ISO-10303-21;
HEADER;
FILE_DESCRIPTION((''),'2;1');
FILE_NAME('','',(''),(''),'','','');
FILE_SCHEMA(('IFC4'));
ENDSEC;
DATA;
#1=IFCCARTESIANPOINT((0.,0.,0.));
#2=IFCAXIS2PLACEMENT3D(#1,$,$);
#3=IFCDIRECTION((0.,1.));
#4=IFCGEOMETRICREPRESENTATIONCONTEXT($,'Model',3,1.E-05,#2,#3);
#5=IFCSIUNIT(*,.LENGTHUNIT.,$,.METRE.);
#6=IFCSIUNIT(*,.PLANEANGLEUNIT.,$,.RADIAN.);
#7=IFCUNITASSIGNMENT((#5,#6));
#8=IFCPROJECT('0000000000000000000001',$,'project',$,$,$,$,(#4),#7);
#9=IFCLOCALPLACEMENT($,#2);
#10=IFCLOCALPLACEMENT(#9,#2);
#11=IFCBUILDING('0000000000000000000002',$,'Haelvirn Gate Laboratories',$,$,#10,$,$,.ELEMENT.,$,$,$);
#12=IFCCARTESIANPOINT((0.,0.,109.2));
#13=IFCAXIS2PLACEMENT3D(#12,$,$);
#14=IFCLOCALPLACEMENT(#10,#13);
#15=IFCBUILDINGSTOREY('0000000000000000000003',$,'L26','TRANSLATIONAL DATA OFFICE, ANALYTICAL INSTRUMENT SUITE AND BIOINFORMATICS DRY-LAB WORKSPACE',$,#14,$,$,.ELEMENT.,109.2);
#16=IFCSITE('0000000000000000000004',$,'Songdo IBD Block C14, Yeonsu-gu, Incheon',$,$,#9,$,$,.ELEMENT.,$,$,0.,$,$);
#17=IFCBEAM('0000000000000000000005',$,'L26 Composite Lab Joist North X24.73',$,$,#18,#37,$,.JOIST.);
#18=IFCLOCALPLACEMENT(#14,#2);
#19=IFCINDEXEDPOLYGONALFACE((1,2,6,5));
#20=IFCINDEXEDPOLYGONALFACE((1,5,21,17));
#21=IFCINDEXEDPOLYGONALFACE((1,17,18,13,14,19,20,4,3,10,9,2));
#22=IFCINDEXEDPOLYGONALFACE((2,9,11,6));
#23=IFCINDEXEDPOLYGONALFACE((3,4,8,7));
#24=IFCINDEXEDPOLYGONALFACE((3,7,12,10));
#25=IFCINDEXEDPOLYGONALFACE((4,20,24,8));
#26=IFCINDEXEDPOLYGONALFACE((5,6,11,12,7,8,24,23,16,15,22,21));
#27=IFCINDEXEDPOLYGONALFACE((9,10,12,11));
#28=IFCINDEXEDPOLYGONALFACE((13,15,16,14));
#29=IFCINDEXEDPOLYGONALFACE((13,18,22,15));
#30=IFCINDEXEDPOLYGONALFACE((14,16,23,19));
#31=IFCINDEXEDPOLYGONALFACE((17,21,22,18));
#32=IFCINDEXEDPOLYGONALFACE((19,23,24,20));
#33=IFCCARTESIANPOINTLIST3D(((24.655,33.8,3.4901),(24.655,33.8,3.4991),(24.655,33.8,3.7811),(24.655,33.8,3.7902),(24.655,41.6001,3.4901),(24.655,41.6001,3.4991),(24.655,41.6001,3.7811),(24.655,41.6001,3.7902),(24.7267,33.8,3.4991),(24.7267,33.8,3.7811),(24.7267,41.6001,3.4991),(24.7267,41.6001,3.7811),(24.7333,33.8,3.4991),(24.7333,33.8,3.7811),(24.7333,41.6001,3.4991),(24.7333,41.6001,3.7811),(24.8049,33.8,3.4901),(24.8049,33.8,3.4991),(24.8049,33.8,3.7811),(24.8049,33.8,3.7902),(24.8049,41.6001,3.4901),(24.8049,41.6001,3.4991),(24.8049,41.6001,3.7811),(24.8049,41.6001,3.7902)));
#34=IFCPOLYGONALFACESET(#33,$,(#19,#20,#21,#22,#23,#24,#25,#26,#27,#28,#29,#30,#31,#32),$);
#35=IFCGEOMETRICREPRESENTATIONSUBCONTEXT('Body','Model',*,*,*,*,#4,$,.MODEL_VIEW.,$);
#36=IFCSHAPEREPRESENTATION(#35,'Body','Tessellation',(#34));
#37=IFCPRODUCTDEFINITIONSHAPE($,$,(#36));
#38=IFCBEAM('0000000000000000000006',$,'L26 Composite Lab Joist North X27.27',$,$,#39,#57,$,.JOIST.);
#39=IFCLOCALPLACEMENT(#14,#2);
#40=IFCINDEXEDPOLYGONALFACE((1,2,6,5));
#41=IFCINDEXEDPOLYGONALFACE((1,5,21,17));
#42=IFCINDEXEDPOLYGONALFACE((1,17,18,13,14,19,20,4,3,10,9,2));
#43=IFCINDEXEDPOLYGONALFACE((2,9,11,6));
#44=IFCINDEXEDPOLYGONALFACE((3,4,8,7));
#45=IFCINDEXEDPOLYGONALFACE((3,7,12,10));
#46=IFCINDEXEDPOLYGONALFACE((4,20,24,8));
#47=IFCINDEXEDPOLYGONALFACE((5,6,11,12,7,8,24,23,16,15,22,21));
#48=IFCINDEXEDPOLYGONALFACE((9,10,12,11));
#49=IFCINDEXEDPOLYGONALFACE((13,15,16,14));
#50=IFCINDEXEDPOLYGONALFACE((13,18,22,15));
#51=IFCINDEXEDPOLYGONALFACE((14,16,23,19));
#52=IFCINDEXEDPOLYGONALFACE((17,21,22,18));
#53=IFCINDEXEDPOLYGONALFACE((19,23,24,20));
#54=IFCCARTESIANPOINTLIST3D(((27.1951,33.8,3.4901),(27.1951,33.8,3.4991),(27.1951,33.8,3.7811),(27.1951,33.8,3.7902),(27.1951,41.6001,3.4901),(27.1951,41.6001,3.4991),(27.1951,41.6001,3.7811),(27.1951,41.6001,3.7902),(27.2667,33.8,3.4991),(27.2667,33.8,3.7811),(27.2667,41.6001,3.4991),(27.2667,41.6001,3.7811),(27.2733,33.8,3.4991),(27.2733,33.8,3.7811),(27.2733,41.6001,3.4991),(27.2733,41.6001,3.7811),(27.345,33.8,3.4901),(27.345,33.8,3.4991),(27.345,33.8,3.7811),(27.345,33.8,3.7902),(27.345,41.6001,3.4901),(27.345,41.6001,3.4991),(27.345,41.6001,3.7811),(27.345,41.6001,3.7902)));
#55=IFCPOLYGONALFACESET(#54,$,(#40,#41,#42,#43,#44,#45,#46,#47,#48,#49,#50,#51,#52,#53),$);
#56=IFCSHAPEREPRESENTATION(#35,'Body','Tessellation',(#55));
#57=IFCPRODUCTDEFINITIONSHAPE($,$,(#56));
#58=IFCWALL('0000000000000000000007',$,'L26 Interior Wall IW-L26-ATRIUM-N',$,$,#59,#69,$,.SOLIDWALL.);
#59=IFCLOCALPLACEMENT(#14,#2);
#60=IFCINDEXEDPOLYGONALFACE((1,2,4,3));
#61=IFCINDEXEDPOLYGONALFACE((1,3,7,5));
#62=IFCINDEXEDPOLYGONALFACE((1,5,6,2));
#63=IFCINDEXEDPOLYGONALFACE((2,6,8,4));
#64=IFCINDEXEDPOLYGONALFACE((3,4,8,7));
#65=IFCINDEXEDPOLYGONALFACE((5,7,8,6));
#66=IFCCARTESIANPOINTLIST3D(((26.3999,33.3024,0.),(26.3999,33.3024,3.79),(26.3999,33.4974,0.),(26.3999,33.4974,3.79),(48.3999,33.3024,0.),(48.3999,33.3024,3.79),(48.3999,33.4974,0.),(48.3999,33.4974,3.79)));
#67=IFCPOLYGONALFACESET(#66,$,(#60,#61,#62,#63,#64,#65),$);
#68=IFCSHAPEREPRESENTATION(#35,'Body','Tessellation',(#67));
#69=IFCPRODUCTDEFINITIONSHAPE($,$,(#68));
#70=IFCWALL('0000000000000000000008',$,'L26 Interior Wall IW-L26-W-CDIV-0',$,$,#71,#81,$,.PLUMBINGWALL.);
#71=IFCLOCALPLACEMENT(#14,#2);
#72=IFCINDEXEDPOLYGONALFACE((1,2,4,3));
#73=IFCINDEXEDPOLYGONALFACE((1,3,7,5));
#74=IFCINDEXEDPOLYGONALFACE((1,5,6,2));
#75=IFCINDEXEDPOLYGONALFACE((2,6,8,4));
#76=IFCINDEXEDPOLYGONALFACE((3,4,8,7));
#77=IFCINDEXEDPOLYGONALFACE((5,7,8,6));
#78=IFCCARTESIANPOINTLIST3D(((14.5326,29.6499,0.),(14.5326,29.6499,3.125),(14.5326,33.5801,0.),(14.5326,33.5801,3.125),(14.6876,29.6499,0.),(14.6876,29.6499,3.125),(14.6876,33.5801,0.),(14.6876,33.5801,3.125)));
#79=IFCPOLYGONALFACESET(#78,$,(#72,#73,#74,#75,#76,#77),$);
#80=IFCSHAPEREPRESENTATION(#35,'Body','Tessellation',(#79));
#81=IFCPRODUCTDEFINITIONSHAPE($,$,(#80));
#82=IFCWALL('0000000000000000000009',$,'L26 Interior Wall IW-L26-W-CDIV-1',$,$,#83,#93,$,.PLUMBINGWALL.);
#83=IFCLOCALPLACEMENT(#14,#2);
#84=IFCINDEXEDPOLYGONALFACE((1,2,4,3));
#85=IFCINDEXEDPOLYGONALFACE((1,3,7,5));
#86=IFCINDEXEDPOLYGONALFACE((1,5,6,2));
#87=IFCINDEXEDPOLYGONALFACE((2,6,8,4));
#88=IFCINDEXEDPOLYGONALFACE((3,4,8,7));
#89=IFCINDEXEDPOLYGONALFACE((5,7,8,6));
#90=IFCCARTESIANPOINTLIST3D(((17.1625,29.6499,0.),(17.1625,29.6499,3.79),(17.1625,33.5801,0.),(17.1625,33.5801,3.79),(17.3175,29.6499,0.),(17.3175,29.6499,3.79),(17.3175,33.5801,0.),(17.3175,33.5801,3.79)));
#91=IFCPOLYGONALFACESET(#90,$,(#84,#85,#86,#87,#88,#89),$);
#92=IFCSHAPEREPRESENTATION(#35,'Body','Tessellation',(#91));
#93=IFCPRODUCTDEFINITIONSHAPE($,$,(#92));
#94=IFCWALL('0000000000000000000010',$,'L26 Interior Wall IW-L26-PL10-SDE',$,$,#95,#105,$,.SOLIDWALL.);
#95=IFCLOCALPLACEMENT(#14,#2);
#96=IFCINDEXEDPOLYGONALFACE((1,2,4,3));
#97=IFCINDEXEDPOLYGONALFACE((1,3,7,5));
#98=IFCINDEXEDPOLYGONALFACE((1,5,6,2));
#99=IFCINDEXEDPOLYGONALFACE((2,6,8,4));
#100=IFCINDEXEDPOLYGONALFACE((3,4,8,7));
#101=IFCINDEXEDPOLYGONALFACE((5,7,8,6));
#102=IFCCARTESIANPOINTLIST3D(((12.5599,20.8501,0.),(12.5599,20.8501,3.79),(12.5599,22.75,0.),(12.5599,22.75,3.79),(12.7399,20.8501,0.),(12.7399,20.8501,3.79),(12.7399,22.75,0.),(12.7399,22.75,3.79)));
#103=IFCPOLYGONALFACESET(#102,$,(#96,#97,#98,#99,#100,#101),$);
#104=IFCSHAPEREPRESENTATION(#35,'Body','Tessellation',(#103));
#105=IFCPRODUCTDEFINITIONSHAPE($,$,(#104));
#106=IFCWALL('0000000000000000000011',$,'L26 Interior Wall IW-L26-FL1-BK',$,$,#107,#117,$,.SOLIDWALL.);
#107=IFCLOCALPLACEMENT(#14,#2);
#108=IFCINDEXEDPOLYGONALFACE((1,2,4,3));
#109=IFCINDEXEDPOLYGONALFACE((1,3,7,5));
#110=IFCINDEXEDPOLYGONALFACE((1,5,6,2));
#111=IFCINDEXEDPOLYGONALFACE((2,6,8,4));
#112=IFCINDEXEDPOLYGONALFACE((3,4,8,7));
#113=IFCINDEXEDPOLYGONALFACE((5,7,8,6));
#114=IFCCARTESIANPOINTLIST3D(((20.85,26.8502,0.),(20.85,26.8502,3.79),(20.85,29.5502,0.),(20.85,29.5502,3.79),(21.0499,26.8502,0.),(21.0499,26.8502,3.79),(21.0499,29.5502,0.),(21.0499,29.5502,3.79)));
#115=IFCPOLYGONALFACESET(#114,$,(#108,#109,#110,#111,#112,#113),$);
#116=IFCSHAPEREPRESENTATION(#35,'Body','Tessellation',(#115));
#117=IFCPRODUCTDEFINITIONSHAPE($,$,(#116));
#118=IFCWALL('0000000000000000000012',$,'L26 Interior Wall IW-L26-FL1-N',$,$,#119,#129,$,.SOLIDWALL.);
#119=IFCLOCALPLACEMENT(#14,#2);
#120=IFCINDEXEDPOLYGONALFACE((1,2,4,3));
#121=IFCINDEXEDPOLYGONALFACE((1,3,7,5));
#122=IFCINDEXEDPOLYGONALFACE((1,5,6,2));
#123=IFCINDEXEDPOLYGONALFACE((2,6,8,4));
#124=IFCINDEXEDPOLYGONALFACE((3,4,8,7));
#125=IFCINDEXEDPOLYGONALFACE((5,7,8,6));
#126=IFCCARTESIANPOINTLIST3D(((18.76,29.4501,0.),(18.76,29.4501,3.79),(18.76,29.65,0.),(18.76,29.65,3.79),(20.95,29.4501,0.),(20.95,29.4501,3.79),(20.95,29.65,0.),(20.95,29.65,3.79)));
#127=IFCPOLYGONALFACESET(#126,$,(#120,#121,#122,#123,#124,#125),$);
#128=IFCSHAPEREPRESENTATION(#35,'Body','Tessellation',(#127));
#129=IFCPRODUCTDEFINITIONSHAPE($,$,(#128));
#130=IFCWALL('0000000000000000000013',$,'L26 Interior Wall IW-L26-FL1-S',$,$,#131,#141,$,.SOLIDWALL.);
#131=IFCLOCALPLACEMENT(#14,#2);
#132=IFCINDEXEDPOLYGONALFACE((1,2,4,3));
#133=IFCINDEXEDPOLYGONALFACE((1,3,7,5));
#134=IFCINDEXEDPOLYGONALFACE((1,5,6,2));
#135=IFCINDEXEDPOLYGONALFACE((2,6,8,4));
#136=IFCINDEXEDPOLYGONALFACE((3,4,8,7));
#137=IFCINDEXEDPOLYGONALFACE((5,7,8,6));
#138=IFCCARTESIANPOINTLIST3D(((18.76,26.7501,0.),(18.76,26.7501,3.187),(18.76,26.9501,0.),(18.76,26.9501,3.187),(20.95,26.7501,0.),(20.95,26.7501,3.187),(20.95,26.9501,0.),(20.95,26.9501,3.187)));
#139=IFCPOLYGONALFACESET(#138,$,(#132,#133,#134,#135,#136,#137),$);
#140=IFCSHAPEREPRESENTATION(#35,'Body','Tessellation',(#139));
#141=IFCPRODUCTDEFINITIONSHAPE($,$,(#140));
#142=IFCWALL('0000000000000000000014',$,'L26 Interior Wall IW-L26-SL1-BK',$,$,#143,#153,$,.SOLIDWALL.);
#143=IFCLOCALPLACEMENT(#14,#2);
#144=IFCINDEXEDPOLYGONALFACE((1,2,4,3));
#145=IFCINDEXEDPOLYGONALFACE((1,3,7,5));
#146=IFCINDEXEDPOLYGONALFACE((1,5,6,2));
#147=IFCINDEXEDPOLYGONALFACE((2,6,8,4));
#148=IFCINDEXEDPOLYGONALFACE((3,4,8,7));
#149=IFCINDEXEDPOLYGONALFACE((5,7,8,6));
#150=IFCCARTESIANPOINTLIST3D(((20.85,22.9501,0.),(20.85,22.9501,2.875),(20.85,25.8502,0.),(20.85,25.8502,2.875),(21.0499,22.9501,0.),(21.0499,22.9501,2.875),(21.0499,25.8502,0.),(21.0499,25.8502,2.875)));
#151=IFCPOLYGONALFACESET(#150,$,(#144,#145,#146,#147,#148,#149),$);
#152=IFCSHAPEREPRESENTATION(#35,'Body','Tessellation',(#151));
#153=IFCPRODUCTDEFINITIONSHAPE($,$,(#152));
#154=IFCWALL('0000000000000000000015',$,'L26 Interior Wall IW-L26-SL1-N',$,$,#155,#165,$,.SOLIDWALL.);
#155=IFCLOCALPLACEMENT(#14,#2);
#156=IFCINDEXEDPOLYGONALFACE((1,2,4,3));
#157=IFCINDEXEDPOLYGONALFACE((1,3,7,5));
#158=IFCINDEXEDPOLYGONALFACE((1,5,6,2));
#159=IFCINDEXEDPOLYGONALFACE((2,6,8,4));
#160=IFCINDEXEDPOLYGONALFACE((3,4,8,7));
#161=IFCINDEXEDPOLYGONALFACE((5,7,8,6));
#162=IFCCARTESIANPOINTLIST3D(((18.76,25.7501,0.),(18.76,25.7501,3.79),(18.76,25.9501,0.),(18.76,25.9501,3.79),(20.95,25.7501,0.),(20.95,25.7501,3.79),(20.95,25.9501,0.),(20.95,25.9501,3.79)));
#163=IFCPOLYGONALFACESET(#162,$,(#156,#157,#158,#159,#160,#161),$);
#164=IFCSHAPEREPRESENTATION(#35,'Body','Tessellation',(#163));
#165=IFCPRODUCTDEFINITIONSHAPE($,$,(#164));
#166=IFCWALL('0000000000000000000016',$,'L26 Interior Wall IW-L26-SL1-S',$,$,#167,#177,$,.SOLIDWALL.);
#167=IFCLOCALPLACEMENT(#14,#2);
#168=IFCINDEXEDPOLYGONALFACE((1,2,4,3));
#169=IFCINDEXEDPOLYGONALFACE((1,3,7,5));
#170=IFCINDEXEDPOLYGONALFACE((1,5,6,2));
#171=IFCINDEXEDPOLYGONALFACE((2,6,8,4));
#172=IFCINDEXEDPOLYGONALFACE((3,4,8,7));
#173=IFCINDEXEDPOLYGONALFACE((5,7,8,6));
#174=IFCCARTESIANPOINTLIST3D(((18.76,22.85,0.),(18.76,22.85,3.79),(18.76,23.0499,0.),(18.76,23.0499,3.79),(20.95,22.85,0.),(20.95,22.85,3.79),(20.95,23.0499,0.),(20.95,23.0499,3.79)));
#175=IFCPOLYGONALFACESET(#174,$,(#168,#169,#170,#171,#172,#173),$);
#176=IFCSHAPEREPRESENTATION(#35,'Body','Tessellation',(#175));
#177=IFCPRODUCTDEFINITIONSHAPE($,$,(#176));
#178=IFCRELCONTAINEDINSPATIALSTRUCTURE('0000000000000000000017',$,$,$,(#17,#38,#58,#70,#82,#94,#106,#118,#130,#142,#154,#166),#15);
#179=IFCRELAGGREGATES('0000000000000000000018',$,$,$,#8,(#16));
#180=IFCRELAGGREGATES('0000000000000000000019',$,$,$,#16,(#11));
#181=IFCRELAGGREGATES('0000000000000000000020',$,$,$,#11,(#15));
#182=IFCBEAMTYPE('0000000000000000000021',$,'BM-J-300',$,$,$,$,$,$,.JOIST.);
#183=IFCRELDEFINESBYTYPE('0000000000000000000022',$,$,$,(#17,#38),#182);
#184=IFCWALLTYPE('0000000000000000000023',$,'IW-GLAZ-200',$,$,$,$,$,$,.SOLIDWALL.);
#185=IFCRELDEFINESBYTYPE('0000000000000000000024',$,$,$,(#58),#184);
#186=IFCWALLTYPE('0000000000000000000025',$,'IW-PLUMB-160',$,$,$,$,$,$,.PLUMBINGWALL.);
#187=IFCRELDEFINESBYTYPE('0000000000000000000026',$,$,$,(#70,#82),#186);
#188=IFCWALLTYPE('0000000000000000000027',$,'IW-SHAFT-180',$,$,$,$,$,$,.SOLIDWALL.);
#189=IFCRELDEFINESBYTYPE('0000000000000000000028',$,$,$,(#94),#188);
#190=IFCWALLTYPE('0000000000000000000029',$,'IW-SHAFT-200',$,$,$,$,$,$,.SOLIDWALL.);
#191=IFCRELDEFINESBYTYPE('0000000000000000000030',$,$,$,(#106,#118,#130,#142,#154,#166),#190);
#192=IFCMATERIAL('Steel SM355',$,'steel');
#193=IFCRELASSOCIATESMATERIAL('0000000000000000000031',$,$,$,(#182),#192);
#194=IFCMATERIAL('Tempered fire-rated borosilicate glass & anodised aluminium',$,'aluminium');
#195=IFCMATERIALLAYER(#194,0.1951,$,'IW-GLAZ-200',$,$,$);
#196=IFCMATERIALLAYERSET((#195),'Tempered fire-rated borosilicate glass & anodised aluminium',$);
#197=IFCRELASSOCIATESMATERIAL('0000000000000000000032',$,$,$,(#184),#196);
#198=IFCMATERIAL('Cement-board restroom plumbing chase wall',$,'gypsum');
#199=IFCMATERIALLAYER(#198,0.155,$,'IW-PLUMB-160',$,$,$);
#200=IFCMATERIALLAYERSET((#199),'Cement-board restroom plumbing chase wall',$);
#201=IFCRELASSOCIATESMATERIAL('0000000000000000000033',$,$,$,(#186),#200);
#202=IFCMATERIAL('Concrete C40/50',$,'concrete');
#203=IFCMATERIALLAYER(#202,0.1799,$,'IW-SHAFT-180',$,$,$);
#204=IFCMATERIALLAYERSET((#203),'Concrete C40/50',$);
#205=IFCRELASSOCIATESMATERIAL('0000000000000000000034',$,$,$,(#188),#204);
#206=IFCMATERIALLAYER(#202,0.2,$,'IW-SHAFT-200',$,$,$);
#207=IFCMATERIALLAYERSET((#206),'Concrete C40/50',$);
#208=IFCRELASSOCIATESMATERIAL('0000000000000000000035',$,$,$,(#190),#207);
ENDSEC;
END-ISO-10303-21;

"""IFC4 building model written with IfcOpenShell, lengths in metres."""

from ifc_helpers import new_model, si_unit, direction, frame, frame_2d, origin, origin_2d, place, context, subcontext, project, spatial, rectangle, i_section, extrude, source, transform, mapped, material, layer, layer_set, material_profile, profile_set, type_object, type_shapes, element, save


model = new_model("IFC4")

# Units and contexts
model_context = context("Model", 3, precision=1e-05, world=origin(), true_north=direction((0.0, 1.0)))
body_context = subcontext(model_context, "Body", "Model", "MODEL_VIEW")
ifc_project = project(units=[si_unit("LENGTHUNIT", "METRE"), si_unit("PLANEANGLEUNIT", "RADIAN")], contexts=[model_context])

# Site, building, storey
site_placement = place(None, origin())
site = spatial("IfcSite", under=ifc_project, at=site_placement, Name="Songdo IBD Block C14, Yeonsu-gu, Incheon", CompositionType="ELEMENT", RefElevation=0.0)
building_placement = place(site_placement, origin())
building = spatial("IfcBuilding", under=site, at=building_placement, Name="Haelvirn Gate Laboratories", CompositionType="ELEMENT")
storey_placement = place(building_placement, frame((0.0, 0.0, 109.2)))
storey = spatial("IfcBuildingStorey", under=building, at=storey_placement, Name="L26", Description="TRANSLATIONAL DATA OFFICE, ANALYTICAL INSTRUMENT SUITE AND BIOINFORMATICS DRY-LAB WORKSPACE", CompositionType="ELEMENT", Elevation=109.2)

# Shared definitions
ifc_material_1 = material(Name="Steel SM355", Category="steel")

# Beams
ifc_material_profile_1 = material_profile(ifc_material_1, i_section(OverallWidth=0.1499, OverallDepth=0.3, WebThickness=0.0066, FlangeThickness=0.009, at=origin_2d()), Name="H-300x150x6.5x9")
ifc_profile_set_1 = profile_set([ifc_material_profile_1], Name="Steel SM355")
beam_type_1 = type_object("IfcBeamType", Name="BM-J-300", PredefinedType="JOIST", material=ifc_profile_set_1)
shared_shape_1 = source(origin(), body_context, "Body", "SweptSolid", [
    extrude(i_section(OverallWidth=0.1499, OverallDepth=0.3, WebThickness=0.0066, FlangeThickness=0.009, at=origin_2d()), origin(), (0.0, 0.0, 1.0), 7.8),
])
type_shapes(beam_type_1, [shared_shape_1])
for number, where, z_axis, x_axis, name in (
    (1, (24.73, 33.8, 3.6401), (0.0, 1.0, 0.0), (-1.0, 0.0, 0.0), "L26 Composite Lab Joist North X24.73"),
    (2, (27.27, 33.8, 3.6401), (0.0, 1.0, 0.0), (-1.0, 0.0, 0.0), "L26 Composite Lab Joist North X27.27"),
):
    element("IfcBeam", number, at=place(storey_placement, frame(where, z_axis=z_axis, x_axis=x_axis)), inside=storey, type_object=beam_type_1, Name=name, PredefinedType="JOIST", context=body_context, shape_type="MappedRepresentation", body=[
        mapped(shared_shape_1, transform((0.0, 0.0, 0.0), scale=1.0)),
    ])

# Walls
ifc_material_2 = material(Name="Tempered fire-rated borosilicate glass & anodised aluminium", Category="aluminium")
ifc_layer_1 = layer(ifc_material_2, 0.1951, Name="IW-GLAZ-200")
ifc_layer_set_1 = layer_set([ifc_layer_1], Name="Tempered fire-rated borosilicate glass & anodised aluminium")
wall_type_1 = type_object("IfcWallType", Name="IW-GLAZ-200", PredefinedType="SOLIDWALL", material=ifc_layer_set_1)
wall_1_placement = place(storey_placement, frame((26.3999, 33.3999, 0.0), z_axis=(0.0, 0.0, 1.0), x_axis=(1.0, 0.0, 0.0)))
element("IfcWall", 3, at=wall_1_placement, inside=storey, type_object=wall_type_1, Name="L26 Interior Wall IW-L26-ATRIUM-N", PredefinedType="SOLIDWALL", context=body_context, shape_type="SweptSolid", body=[
    extrude(rectangle(XDim=22.0, YDim=0.1951, at=frame_2d((11.0, 0.0))), origin(), (0.0, 0.0, 1.0), 3.79),
])
ifc_material_3 = material(Name="Cement-board restroom plumbing chase wall", Category="gypsum")
ifc_layer_2 = layer(ifc_material_3, 0.155, Name="IW-PLUMB-160")
ifc_layer_set_2 = layer_set([ifc_layer_2], Name="Cement-board restroom plumbing chase wall")
wall_type_2 = type_object("IfcWallType", Name="IW-PLUMB-160", PredefinedType="PLUMBINGWALL", material=ifc_layer_set_2)
wall_2_placement = place(storey_placement, frame((14.6101, 29.6499, 0.0), z_axis=(0.0, 0.0, 1.0), x_axis=(0.0, 1.0, 0.0)))
element("IfcWall", 4, at=wall_2_placement, inside=storey, type_object=wall_type_2, Name="L26 Interior Wall IW-L26-W-CDIV-0", PredefinedType="PLUMBINGWALL", context=body_context, shape_type="SweptSolid", body=[
    extrude(rectangle(XDim=3.9302, YDim=0.155, at=frame_2d((1.9651, 0.0))), origin(), (0.0, 0.0, 1.0), 3.125),
])
wall_3_placement = place(storey_placement, frame((17.24, 29.6499, 0.0), z_axis=(0.0, 0.0, 1.0), x_axis=(0.0, 1.0, 0.0)))
element("IfcWall", 5, at=wall_3_placement, inside=storey, type_object=wall_type_2, Name="L26 Interior Wall IW-L26-W-CDIV-1", PredefinedType="PLUMBINGWALL", context=body_context, shape_type="SweptSolid", body=[
    extrude(rectangle(XDim=3.9302, YDim=0.155, at=frame_2d((1.9651, 0.0))), origin(), (0.0, 0.0, 1.0), 3.79),
])
ifc_material_4 = material(Name="Concrete C40/50", Category="concrete")
ifc_layer_3 = layer(ifc_material_4, 0.1799, Name="IW-SHAFT-180")
ifc_layer_set_3 = layer_set([ifc_layer_3], Name="Concrete C40/50")
wall_type_3 = type_object("IfcWallType", Name="IW-SHAFT-180", PredefinedType="SOLIDWALL", material=ifc_layer_set_3)
wall_4_placement = place(storey_placement, frame((12.6499, 20.8501, 0.0), z_axis=(0.0, 0.0, 1.0), x_axis=(0.0, 1.0, 0.0)))
element("IfcWall", 6, at=wall_4_placement, inside=storey, type_object=wall_type_3, Name="L26 Interior Wall IW-L26-PL10-SDE", PredefinedType="SOLIDWALL", context=body_context, shape_type="SweptSolid", body=[
    extrude(rectangle(XDim=1.8999, YDim=0.1799, at=frame_2d((0.95, 0.0))), origin(), (0.0, 0.0, 1.0), 3.79),
])
ifc_layer_4 = layer(ifc_material_4, 0.2, Name="IW-SHAFT-200")
ifc_layer_set_4 = layer_set([ifc_layer_4], Name="Concrete C40/50")
wall_type_4 = type_object("IfcWallType", Name="IW-SHAFT-200", PredefinedType="SOLIDWALL", material=ifc_layer_set_4)
wall_5_placement = place(storey_placement, frame((20.95, 26.8501, 0.0), z_axis=(0.0, 0.0, 1.0), x_axis=(0.0, 1.0, 0.0)))
element("IfcWall", 7, at=wall_5_placement, inside=storey, type_object=wall_type_4, Name="L26 Interior Wall IW-L26-FL1-BK", PredefinedType="SOLIDWALL", context=body_context, shape_type="SweptSolid", body=[
    extrude(rectangle(XDim=2.7, YDim=0.2, at=frame_2d((1.3501, 0.0))), origin(), (0.0, 0.0, 1.0), 3.79),
])
wall_6_placement = place(storey_placement, frame((18.76, 29.55, 0.0), z_axis=(0.0, 0.0, 1.0), x_axis=(1.0, 0.0, 0.0)))
element("IfcWall", 8, at=wall_6_placement, inside=storey, type_object=wall_type_4, Name="L26 Interior Wall IW-L26-FL1-N", PredefinedType="SOLIDWALL", context=body_context, shape_type="SweptSolid", body=[
    extrude(rectangle(XDim=2.1899, YDim=0.2, at=frame_2d((1.095, 0.0))), origin(), (0.0, 0.0, 1.0), 3.79),
])
wall_7_placement = place(storey_placement, frame((18.76, 26.8501, 0.0), z_axis=(0.0, 0.0, 1.0), x_axis=(1.0, 0.0, 0.0)))
element("IfcWall", 9, at=wall_7_placement, inside=storey, type_object=wall_type_4, Name="L26 Interior Wall IW-L26-FL1-S", PredefinedType="SOLIDWALL", context=body_context, shape_type="SweptSolid", body=[
    extrude(rectangle(XDim=2.1899, YDim=0.2, at=frame_2d((1.095, 0.0))), origin(), (0.0, 0.0, 1.0), 3.187),
])
wall_8_placement = place(storey_placement, frame((20.95, 22.95, 0.0), z_axis=(0.0, 0.0, 1.0), x_axis=(0.0, 1.0, 0.0)))
element("IfcWall", 10, at=wall_8_placement, inside=storey, type_object=wall_type_4, Name="L26 Interior Wall IW-L26-SL1-BK", PredefinedType="SOLIDWALL", context=body_context, shape_type="SweptSolid", body=[
    extrude(rectangle(XDim=2.9001, YDim=0.2, at=frame_2d((1.4502, 0.0))), origin(), (0.0, 0.0, 1.0), 2.875),
])
for number, where, z_axis, x_axis, name in (
    (11, (18.76, 25.8501, 0.0), (0.0, 0.0, 1.0), (1.0, 0.0, 0.0), "L26 Interior Wall IW-L26-SL1-N"),
    (12, (18.76, 22.95, 0.0), (0.0, 0.0, 1.0), (1.0, 0.0, 0.0), "L26 Interior Wall IW-L26-SL1-S"),
):
    element("IfcWall", number, at=place(storey_placement, frame(where, z_axis=z_axis, x_axis=x_axis)), inside=storey, type_object=wall_type_4, Name=name, PredefinedType="SOLIDWALL", context=body_context, shape_type="SweptSolid", body=[
        extrude(rectangle(XDim=2.1899, YDim=0.2, at=frame_2d((1.095, 0.0))), origin(), (0.0, 0.0, 1.0), 3.79),
    ])

save(model, "model.ifc")
